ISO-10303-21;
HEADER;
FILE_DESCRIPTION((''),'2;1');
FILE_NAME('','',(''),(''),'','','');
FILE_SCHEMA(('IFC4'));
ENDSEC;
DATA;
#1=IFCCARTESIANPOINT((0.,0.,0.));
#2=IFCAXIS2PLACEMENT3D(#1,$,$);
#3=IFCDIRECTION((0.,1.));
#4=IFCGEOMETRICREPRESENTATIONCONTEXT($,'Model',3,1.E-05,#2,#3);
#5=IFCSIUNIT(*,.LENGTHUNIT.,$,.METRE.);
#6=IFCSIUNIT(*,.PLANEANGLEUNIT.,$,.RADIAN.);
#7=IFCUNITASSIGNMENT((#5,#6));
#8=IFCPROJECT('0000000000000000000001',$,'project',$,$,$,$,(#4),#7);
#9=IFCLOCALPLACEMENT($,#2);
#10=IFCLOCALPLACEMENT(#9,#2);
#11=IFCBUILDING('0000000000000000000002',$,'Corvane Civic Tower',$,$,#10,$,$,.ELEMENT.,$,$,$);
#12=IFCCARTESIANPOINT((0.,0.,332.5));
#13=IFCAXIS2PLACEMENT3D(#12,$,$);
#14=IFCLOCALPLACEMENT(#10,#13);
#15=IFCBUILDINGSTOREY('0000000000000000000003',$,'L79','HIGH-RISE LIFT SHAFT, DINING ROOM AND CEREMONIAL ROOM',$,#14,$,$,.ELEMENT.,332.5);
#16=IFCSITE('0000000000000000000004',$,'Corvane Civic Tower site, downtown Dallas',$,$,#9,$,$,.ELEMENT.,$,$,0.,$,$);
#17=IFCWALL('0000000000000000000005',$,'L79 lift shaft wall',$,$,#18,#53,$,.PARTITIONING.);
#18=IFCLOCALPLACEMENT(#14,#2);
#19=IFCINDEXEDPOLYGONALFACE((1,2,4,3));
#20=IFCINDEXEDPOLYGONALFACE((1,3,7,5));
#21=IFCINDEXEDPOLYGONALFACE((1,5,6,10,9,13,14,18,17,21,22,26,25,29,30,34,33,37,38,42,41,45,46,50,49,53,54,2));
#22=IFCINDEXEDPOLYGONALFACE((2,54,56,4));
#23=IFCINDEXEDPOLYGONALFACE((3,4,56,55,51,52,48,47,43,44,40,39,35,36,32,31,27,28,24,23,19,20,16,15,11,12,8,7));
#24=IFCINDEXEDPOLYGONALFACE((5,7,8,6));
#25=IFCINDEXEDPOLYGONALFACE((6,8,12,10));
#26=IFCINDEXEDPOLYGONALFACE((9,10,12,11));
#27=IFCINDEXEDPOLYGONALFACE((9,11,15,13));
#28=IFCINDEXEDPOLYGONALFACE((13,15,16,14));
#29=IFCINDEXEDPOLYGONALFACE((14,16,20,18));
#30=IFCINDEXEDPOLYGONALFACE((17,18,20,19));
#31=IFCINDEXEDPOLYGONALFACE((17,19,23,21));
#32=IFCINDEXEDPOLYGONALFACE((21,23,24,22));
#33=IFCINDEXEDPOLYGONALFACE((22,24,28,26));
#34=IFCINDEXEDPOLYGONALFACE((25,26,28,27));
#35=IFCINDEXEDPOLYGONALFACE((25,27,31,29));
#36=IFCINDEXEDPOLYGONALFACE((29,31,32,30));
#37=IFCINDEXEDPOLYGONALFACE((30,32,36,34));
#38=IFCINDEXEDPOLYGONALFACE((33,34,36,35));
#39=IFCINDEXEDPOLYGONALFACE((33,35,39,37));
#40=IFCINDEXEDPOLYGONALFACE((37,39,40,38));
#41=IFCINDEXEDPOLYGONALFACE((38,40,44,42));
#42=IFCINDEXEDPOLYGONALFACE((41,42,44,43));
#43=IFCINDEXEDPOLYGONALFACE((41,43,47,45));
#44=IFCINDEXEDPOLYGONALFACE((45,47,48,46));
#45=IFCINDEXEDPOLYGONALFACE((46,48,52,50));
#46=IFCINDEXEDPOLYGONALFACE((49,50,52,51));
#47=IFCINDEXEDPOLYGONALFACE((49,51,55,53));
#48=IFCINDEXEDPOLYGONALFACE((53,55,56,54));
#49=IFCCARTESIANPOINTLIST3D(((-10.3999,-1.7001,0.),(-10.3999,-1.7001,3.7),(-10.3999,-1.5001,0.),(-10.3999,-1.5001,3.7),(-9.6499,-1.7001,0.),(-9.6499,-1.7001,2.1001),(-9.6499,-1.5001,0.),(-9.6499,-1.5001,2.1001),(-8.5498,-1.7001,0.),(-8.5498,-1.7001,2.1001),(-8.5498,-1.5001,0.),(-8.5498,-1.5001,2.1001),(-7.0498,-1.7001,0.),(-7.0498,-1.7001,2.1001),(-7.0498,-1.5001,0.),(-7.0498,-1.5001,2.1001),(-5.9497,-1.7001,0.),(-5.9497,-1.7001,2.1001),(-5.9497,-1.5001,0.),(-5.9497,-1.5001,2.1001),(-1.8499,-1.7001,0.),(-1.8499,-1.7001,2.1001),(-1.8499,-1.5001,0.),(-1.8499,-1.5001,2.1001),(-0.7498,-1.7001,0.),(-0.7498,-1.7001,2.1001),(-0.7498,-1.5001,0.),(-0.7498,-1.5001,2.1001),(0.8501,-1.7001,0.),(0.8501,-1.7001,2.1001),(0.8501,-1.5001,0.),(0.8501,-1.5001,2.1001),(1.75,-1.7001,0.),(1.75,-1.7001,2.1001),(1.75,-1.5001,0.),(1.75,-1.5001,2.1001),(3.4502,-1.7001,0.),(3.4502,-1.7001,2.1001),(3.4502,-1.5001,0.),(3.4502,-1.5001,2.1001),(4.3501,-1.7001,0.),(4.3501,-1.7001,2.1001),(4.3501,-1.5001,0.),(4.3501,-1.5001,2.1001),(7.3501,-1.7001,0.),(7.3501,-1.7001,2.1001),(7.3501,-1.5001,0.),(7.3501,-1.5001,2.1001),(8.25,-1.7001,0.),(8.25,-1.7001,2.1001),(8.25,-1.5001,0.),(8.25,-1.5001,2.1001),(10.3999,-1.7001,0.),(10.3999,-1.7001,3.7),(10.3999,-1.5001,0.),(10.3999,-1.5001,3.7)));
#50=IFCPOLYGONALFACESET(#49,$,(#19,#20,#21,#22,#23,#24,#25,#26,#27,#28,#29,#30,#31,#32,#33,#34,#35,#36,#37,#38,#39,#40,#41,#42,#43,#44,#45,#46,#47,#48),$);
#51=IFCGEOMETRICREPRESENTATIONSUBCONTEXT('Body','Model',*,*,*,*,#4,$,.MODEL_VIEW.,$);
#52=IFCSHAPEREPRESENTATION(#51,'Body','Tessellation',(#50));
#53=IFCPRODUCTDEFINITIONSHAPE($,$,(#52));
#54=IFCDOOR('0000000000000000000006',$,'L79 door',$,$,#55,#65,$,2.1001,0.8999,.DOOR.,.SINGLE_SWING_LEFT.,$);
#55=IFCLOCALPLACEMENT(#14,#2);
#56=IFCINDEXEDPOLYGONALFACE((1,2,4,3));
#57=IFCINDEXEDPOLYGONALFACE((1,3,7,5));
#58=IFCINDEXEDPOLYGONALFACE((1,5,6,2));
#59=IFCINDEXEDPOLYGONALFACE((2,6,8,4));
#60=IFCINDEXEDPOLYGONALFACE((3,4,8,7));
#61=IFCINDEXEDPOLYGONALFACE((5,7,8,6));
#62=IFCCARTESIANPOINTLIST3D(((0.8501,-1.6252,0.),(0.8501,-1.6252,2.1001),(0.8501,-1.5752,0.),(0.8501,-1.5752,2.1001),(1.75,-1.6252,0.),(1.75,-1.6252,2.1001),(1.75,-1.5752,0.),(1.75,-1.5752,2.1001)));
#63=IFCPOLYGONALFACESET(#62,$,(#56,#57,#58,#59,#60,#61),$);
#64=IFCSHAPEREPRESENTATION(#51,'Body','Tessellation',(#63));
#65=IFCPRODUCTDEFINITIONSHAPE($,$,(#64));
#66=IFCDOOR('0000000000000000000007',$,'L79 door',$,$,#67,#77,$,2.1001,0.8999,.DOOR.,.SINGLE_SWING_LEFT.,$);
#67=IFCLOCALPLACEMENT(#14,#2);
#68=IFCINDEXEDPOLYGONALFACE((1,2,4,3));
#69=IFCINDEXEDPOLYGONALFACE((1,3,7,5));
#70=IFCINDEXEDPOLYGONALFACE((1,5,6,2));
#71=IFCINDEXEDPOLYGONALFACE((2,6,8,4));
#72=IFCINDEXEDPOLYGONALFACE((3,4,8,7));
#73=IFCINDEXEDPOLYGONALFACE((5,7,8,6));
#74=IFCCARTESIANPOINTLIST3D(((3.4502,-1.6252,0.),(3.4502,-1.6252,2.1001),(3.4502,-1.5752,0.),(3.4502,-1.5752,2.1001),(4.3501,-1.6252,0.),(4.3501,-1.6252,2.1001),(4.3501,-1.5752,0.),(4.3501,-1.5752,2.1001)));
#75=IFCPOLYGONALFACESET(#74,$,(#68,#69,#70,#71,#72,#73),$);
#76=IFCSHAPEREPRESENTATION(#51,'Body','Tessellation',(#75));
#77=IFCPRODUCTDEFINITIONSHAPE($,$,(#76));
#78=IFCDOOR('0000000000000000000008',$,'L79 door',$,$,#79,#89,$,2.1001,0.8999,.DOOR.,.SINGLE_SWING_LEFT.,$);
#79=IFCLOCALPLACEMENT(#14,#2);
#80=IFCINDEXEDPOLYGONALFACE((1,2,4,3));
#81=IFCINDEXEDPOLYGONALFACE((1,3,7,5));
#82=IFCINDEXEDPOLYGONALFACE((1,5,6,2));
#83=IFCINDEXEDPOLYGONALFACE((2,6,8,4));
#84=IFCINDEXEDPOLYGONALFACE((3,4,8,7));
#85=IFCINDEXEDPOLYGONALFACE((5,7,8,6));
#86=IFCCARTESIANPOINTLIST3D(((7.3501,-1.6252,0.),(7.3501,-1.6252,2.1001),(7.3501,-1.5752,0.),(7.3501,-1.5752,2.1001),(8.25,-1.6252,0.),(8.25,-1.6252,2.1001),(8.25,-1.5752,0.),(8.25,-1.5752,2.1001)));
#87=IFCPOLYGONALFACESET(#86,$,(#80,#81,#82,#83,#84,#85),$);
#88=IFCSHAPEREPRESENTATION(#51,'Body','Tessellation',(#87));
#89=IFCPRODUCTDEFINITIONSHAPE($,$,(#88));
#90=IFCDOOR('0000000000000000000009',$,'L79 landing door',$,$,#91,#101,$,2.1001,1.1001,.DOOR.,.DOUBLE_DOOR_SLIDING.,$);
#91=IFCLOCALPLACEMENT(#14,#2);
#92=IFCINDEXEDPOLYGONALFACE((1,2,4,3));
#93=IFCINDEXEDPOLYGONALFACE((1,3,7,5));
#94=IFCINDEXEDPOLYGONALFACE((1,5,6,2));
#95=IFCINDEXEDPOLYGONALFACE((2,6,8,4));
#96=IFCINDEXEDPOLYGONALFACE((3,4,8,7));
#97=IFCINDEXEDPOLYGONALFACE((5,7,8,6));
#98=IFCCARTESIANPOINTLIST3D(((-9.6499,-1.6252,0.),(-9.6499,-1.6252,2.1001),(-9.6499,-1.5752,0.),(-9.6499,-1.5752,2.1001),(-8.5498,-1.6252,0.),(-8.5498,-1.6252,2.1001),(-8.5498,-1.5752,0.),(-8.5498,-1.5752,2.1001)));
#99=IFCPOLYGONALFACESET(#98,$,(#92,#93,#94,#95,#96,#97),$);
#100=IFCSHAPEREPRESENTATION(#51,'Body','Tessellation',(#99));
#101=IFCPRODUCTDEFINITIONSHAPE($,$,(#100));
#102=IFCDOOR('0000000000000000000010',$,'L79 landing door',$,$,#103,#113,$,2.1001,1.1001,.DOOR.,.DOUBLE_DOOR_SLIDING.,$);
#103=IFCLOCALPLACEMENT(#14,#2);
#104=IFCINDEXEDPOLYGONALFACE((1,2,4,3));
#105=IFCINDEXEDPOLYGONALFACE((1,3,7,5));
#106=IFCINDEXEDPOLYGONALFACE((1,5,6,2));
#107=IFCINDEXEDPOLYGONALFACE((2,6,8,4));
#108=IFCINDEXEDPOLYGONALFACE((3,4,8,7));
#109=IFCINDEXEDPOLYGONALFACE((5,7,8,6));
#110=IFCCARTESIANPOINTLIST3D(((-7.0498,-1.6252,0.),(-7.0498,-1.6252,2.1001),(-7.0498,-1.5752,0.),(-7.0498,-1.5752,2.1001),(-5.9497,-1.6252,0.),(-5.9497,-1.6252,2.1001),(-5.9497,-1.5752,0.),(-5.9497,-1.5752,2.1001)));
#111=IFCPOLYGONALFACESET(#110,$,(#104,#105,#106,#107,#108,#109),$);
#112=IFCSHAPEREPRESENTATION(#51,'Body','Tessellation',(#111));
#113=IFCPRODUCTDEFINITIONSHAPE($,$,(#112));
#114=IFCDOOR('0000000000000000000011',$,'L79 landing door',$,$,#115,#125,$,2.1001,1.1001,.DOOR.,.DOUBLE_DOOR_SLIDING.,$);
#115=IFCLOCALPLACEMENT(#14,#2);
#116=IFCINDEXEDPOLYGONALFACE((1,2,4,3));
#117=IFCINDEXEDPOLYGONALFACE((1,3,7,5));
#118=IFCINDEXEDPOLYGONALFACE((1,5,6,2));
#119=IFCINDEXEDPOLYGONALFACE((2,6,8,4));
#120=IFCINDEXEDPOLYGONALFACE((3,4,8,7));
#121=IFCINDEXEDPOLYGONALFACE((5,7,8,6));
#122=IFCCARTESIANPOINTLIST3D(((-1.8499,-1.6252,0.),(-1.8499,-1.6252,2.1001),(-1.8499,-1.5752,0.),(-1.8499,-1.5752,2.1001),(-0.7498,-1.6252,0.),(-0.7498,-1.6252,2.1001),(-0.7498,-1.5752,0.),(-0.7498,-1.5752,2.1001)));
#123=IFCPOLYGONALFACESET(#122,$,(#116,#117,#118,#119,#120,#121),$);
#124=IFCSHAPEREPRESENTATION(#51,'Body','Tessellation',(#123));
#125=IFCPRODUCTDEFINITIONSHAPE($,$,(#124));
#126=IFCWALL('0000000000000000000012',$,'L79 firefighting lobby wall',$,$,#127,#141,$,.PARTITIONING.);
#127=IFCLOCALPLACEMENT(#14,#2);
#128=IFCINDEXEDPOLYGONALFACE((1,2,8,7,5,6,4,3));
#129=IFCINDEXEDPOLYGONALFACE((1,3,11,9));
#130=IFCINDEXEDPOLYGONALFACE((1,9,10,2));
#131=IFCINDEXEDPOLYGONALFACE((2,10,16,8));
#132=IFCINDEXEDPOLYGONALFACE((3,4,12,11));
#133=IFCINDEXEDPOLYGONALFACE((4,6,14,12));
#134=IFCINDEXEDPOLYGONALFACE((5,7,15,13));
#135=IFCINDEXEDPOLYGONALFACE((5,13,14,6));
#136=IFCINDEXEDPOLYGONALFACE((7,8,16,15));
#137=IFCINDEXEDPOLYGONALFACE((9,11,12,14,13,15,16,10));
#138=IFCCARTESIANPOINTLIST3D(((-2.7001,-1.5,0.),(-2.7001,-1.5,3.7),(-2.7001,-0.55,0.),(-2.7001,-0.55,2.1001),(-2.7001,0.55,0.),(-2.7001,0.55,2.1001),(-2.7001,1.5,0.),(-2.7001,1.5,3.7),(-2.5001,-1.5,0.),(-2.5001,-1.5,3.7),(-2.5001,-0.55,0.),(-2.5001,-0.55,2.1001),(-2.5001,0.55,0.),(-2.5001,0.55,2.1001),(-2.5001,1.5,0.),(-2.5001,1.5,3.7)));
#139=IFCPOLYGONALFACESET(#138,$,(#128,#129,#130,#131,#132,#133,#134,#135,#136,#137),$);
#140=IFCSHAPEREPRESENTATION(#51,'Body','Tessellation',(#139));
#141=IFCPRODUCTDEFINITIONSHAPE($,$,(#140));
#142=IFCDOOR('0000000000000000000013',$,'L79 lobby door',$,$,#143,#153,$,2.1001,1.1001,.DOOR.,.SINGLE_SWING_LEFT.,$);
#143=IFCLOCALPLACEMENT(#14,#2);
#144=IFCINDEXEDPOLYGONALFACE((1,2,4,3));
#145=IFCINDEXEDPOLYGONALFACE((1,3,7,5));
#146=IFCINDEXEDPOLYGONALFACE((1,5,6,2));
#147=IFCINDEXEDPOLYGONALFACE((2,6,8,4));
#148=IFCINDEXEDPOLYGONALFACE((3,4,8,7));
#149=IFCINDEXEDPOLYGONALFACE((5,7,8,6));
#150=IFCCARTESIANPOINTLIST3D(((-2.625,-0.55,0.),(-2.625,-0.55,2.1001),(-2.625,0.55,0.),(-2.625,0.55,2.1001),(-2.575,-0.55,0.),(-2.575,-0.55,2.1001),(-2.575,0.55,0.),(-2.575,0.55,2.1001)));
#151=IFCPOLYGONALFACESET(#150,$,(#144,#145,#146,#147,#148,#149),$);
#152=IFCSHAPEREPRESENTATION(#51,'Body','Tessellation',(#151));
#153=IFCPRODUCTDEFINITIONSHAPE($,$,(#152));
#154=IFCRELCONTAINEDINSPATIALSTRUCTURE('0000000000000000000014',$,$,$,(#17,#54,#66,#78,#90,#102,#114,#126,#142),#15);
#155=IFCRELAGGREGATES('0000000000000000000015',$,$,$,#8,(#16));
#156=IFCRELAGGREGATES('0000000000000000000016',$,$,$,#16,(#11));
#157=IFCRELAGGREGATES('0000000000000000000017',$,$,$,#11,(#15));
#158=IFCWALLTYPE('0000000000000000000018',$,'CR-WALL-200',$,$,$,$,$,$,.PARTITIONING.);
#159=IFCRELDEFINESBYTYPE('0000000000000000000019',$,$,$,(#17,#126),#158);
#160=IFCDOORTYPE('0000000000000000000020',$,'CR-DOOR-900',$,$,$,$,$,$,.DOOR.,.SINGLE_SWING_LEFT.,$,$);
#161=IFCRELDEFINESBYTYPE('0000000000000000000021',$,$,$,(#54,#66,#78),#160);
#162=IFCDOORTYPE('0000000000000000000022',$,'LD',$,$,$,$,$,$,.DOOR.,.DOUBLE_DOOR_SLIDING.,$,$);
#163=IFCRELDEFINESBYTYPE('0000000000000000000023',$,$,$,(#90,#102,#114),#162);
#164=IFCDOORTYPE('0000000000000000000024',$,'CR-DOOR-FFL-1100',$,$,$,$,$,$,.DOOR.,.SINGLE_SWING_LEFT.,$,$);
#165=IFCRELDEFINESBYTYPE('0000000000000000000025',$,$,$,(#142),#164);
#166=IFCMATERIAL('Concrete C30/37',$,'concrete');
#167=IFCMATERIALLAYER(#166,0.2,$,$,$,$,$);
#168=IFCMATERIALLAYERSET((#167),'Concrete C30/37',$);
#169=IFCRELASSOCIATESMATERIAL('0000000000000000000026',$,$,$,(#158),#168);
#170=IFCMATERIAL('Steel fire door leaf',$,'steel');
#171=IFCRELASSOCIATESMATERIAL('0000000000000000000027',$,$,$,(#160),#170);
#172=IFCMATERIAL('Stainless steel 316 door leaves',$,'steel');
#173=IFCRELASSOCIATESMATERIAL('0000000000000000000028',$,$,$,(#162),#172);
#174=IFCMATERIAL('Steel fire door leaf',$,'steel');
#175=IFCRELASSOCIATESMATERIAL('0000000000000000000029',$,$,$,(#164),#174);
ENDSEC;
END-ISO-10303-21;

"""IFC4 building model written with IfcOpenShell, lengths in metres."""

from ifc_helpers import new_model, si_unit, direction, frame, frame_2d, origin, place, context, subcontext, project, spatial, rectangle, extrude, material, layer, layer_set, type_object, element, fill, save


model = new_model("IFC4")

# Units and contexts
model_context = context("Model", 3, precision=1e-05, world=origin(), true_north=direction((0.0, 1.0)))
body_context = subcontext(model_context, "Body", "Model", "MODEL_VIEW")
ifc_project = project(units=[si_unit("LENGTHUNIT", "METRE"), si_unit("PLANEANGLEUNIT", "RADIAN")], contexts=[model_context])

# Site, building, storey
site_placement = place(None, origin())
site = spatial("IfcSite", under=ifc_project, at=site_placement, Name="Corvane Civic Tower site, downtown Dallas", CompositionType="ELEMENT", RefElevation=0.0)
building_placement = place(site_placement, origin())
building = spatial("IfcBuilding", under=site, at=building_placement, Name="Corvane Civic Tower", CompositionType="ELEMENT")
storey_placement = place(building_placement, frame((0.0, 0.0, 332.5)))
storey = spatial("IfcBuildingStorey", under=building, at=storey_placement, Name="L79", Description="HIGH-RISE LIFT SHAFT, DINING ROOM AND CEREMONIAL ROOM", CompositionType="ELEMENT", Elevation=332.5)

# Shared definitions
ifc_material_1 = material(Name="Concrete C30/37", Category="concrete")
ifc_layer_1 = layer(ifc_material_1, 0.2)
ifc_layer_set_1 = layer_set([ifc_layer_1], Name="Concrete C30/37")
wall_type_1 = type_object("IfcWallType", Name="CR-WALL-200", PredefinedType="PARTITIONING", material=ifc_layer_set_1)
ifc_material_2 = material(Name="Steel fire door leaf", Category="steel")
door_type_1 = type_object("IfcDoorType", Name="CR-DOOR-900", OperationType="SINGLE_SWING_LEFT", PredefinedType="DOOR", material=ifc_material_2)

# Wall, openings, doors
wall_1_placement = place(storey_placement, frame((-10.3999, -1.6001, 0.0), z_axis=(0.0, 0.0, 1.0), x_axis=(1.0, 0.0, 0.0)))
wall_1 = element("IfcWall", 1, at=wall_1_placement, inside=storey, type_object=wall_type_1, Name="L79 lift shaft wall", PredefinedType="PARTITIONING", context=body_context, shape_type="SweptSolid", body=[
    extrude(rectangle(XDim=20.7998, YDim=0.2, at=frame_2d((10.3999, 0.0))), origin(), (0.0, 0.0, 1.0), 3.7),
])
opening_1_placement = place(wall_1_placement, frame((0.75, 0.0, 0.0)))
opening_1 = element("IfcOpeningElement", 2, at=opening_1_placement, cuts=wall_1, PredefinedType="OPENING", context=body_context, shape_type="SweptSolid", body=[
    extrude(rectangle(XDim=1.1001, YDim=2.1001, at=frame_2d((0.55, 1.05))), frame((0.0, 0.1099, 0.0), z_axis=(0.0, -1.0, 0.0), x_axis=(1.0, 0.0, 0.0)), (0.0, 0.0, 1.0), 0.22),
])
opening_2_placement = place(wall_1_placement, frame((3.3501, 0.0, 0.0)))
opening_2 = element("IfcOpeningElement", 3, at=opening_2_placement, cuts=wall_1, PredefinedType="OPENING", context=body_context, shape_type="SweptSolid", body=[
    extrude(rectangle(XDim=1.1001, YDim=2.1001, at=frame_2d((0.55, 1.05))), frame((0.0, 0.1099, 0.0), z_axis=(0.0, -1.0, 0.0), x_axis=(1.0, 0.0, 0.0)), (0.0, 0.0, 1.0), 0.22),
])
opening_3_placement = place(wall_1_placement, frame((8.55, 0.0, 0.0)))
opening_3 = element("IfcOpeningElement", 4, at=opening_3_placement, cuts=wall_1, PredefinedType="OPENING", context=body_context, shape_type="SweptSolid", body=[
    extrude(rectangle(XDim=1.1001, YDim=2.1001, at=frame_2d((0.55, 1.05))), frame((0.0, 0.1099, 0.0), z_axis=(0.0, -1.0, 0.0), x_axis=(1.0, 0.0, 0.0)), (0.0, 0.0, 1.0), 0.22),
])
opening_4_placement = place(wall_1_placement, frame((11.25, 0.0, 0.0)))
opening_4 = element("IfcOpeningElement", 5, at=opening_4_placement, cuts=wall_1, PredefinedType="OPENING", context=body_context, shape_type="SweptSolid", body=[
    extrude(rectangle(XDim=0.8999, YDim=2.1001, at=frame_2d((0.45, 1.05))), frame((0.0, 0.1099, 0.0), z_axis=(0.0, -1.0, 0.0), x_axis=(1.0, 0.0, 0.0)), (0.0, 0.0, 1.0), 0.22),
])
opening_5_placement = place(wall_1_placement, frame((13.8501, 0.0, 0.0)))
opening_5 = element("IfcOpeningElement", 6, at=opening_5_placement, cuts=wall_1, PredefinedType="OPENING", context=body_context, shape_type="SweptSolid", body=[
    extrude(rectangle(XDim=0.8999, YDim=2.1001, at=frame_2d((0.45, 1.05))), frame((0.0, 0.1099, 0.0), z_axis=(0.0, -1.0, 0.0), x_axis=(1.0, 0.0, 0.0)), (0.0, 0.0, 1.0), 0.22),
])
opening_6_placement = place(wall_1_placement, frame((17.75, 0.0, 0.0)))
opening_6 = element("IfcOpeningElement", 7, at=opening_6_placement, cuts=wall_1, PredefinedType="OPENING", context=body_context, shape_type="SweptSolid", body=[
    extrude(rectangle(XDim=0.8999, YDim=2.1001, at=frame_2d((0.45, 1.05))), frame((0.0, 0.1099, 0.0), z_axis=(0.0, -1.0, 0.0), x_axis=(1.0, 0.0, 0.0)), (0.0, 0.0, 1.0), 0.22),
])
door_1_placement = place(opening_4_placement, origin())
door_1 = element("IfcDoor", 8, at=door_1_placement, inside=storey, type_object=door_type_1, Name="L79 door", OperationType="SINGLE_SWING_LEFT", OverallHeight=2.1001, OverallWidth=0.8999, PredefinedType="DOOR", context=body_context, shape_type="SweptSolid", body=[
    extrude(rectangle(XDim=0.8999, YDim=2.1001, at=frame_2d((0.45, 1.05))), frame((0.0, 0.0249, 0.0), z_axis=(0.0, -1.0, 0.0), x_axis=(1.0, 0.0, 0.0)), (0.0, 0.0, 1.0), 0.05),
])
fill(opening_4, door_1)
door_2_placement = place(opening_5_placement, origin())
door_2 = element("IfcDoor", 9, at=door_2_placement, inside=storey, type_object=door_type_1, Name="L79 door", OperationType="SINGLE_SWING_LEFT", OverallHeight=2.1001, OverallWidth=0.8999, PredefinedType="DOOR", context=body_context, shape_type="SweptSolid", body=[
    extrude(rectangle(XDim=0.8999, YDim=2.1001, at=frame_2d((0.45, 1.05))), frame((0.0, 0.0249, 0.0), z_axis=(0.0, -1.0, 0.0), x_axis=(1.0, 0.0, 0.0)), (0.0, 0.0, 1.0), 0.05),
])
fill(opening_5, door_2)
door_3_placement = place(opening_6_placement, origin())
door_3 = element("IfcDoor", 10, at=door_3_placement, inside=storey, type_object=door_type_1, Name="L79 door", OperationType="SINGLE_SWING_LEFT", OverallHeight=2.1001, OverallWidth=0.8999, PredefinedType="DOOR", context=body_context, shape_type="SweptSolid", body=[
    extrude(rectangle(XDim=0.8999, YDim=2.1001, at=frame_2d((0.45, 1.05))), frame((0.0, 0.0249, 0.0), z_axis=(0.0, -1.0, 0.0), x_axis=(1.0, 0.0, 0.0)), (0.0, 0.0, 1.0), 0.05),
])
fill(opening_6, door_3)
ifc_material_3 = material(Name="Stainless steel 316 door leaves", Category="steel")
door_type_2 = type_object("IfcDoorType", Name="LD", OperationType="DOUBLE_DOOR_SLIDING", PredefinedType="DOOR", material=ifc_material_3)
door_4_placement = place(opening_1_placement, origin())
door_4 = element("IfcDoor", 11, at=door_4_placement, inside=storey, type_object=door_type_2, Name="L79 landing door", OperationType="DOUBLE_DOOR_SLIDING", OverallHeight=2.1001, OverallWidth=1.1001, PredefinedType="DOOR", context=body_context, shape_type="SweptSolid", body=[
    extrude(rectangle(XDim=1.1001, YDim=2.1001, at=frame_2d((0.55, 1.05))), frame((0.0, 0.0249, 0.0), z_axis=(0.0, -1.0, 0.0), x_axis=(1.0, 0.0, 0.0)), (0.0, 0.0, 1.0), 0.05),
])
fill(opening_1, door_4)
door_5_placement = place(opening_2_placement, origin())
door_5 = element("IfcDoor", 12, at=door_5_placement, inside=storey, type_object=door_type_2, Name="L79 landing door", OperationType="DOUBLE_DOOR_SLIDING", OverallHeight=2.1001, OverallWidth=1.1001, PredefinedType="DOOR", context=body_context, shape_type="SweptSolid", body=[
    extrude(rectangle(XDim=1.1001, YDim=2.1001, at=frame_2d((0.55, 1.05))), frame((0.0, 0.0249, 0.0), z_axis=(0.0, -1.0, 0.0), x_axis=(1.0, 0.0, 0.0)), (0.0, 0.0, 1.0), 0.05),
])
fill(opening_2, door_5)
door_6_placement = place(opening_3_placement, origin())
door_6 = element("IfcDoor", 13, at=door_6_placement, inside=storey, type_object=door_type_2, Name="L79 landing door", OperationType="DOUBLE_DOOR_SLIDING", OverallHeight=2.1001, OverallWidth=1.1001, PredefinedType="DOOR", context=body_context, shape_type="SweptSolid", body=[
    extrude(rectangle(XDim=1.1001, YDim=2.1001, at=frame_2d((0.55, 1.05))), frame((0.0, 0.0249, 0.0), z_axis=(0.0, -1.0, 0.0), x_axis=(1.0, 0.0, 0.0)), (0.0, 0.0, 1.0), 0.05),
])
fill(opening_3, door_6)

# Wall, opening, door
wall_2_placement = place(storey_placement, frame((-2.6001, -1.5, 0.0), z_axis=(0.0, 0.0, 1.0), x_axis=(0.0, 1.0, 0.0)))
wall_2 = element("IfcWall", 14, at=wall_2_placement, inside=storey, type_object=wall_type_1, Name="L79 firefighting lobby wall", PredefinedType="PARTITIONING", context=body_context, shape_type="SweptSolid", body=[
    extrude(rectangle(XDim=3.0, YDim=0.2, at=frame_2d((1.5, 0.0))), origin(), (0.0, 0.0, 1.0), 3.7),
])
opening_7_placement = place(wall_2_placement, frame((0.95, 0.0, 0.0)))
opening_7 = element("IfcOpeningElement", 15, at=opening_7_placement, cuts=wall_2, PredefinedType="OPENING", context=body_context, shape_type="SweptSolid", body=[
    extrude(rectangle(XDim=1.1001, YDim=2.1001, at=frame_2d((0.55, 1.05))), frame((0.0, 0.1099, 0.0), z_axis=(0.0, -1.0, 0.0), x_axis=(1.0, 0.0, 0.0)), (0.0, 0.0, 1.0), 0.22),
])
ifc_material_4 = material(Name="Steel fire door leaf", Category="steel")
door_type_3 = type_object("IfcDoorType", Name="CR-DOOR-FFL-1100", OperationType="SINGLE_SWING_LEFT", PredefinedType="DOOR", material=ifc_material_4)
door_7_placement = place(opening_7_placement, origin())
door_7 = element("IfcDoor", 16, at=door_7_placement, inside=storey, type_object=door_type_3, Name="L79 lobby door", OperationType="SINGLE_SWING_LEFT", OverallHeight=2.1001, OverallWidth=1.1001, PredefinedType="DOOR", context=body_context, shape_type="SweptSolid", body=[
    extrude(rectangle(XDim=1.1001, YDim=2.1001, at=frame_2d((0.55, 1.05))), frame((0.0, 0.0249, 0.0), z_axis=(0.0, -1.0, 0.0), x_axis=(1.0, 0.0, 0.0)), (0.0, 0.0, 1.0), 0.05),
])
fill(opening_7, door_7)

save(model, "model.ifc")
